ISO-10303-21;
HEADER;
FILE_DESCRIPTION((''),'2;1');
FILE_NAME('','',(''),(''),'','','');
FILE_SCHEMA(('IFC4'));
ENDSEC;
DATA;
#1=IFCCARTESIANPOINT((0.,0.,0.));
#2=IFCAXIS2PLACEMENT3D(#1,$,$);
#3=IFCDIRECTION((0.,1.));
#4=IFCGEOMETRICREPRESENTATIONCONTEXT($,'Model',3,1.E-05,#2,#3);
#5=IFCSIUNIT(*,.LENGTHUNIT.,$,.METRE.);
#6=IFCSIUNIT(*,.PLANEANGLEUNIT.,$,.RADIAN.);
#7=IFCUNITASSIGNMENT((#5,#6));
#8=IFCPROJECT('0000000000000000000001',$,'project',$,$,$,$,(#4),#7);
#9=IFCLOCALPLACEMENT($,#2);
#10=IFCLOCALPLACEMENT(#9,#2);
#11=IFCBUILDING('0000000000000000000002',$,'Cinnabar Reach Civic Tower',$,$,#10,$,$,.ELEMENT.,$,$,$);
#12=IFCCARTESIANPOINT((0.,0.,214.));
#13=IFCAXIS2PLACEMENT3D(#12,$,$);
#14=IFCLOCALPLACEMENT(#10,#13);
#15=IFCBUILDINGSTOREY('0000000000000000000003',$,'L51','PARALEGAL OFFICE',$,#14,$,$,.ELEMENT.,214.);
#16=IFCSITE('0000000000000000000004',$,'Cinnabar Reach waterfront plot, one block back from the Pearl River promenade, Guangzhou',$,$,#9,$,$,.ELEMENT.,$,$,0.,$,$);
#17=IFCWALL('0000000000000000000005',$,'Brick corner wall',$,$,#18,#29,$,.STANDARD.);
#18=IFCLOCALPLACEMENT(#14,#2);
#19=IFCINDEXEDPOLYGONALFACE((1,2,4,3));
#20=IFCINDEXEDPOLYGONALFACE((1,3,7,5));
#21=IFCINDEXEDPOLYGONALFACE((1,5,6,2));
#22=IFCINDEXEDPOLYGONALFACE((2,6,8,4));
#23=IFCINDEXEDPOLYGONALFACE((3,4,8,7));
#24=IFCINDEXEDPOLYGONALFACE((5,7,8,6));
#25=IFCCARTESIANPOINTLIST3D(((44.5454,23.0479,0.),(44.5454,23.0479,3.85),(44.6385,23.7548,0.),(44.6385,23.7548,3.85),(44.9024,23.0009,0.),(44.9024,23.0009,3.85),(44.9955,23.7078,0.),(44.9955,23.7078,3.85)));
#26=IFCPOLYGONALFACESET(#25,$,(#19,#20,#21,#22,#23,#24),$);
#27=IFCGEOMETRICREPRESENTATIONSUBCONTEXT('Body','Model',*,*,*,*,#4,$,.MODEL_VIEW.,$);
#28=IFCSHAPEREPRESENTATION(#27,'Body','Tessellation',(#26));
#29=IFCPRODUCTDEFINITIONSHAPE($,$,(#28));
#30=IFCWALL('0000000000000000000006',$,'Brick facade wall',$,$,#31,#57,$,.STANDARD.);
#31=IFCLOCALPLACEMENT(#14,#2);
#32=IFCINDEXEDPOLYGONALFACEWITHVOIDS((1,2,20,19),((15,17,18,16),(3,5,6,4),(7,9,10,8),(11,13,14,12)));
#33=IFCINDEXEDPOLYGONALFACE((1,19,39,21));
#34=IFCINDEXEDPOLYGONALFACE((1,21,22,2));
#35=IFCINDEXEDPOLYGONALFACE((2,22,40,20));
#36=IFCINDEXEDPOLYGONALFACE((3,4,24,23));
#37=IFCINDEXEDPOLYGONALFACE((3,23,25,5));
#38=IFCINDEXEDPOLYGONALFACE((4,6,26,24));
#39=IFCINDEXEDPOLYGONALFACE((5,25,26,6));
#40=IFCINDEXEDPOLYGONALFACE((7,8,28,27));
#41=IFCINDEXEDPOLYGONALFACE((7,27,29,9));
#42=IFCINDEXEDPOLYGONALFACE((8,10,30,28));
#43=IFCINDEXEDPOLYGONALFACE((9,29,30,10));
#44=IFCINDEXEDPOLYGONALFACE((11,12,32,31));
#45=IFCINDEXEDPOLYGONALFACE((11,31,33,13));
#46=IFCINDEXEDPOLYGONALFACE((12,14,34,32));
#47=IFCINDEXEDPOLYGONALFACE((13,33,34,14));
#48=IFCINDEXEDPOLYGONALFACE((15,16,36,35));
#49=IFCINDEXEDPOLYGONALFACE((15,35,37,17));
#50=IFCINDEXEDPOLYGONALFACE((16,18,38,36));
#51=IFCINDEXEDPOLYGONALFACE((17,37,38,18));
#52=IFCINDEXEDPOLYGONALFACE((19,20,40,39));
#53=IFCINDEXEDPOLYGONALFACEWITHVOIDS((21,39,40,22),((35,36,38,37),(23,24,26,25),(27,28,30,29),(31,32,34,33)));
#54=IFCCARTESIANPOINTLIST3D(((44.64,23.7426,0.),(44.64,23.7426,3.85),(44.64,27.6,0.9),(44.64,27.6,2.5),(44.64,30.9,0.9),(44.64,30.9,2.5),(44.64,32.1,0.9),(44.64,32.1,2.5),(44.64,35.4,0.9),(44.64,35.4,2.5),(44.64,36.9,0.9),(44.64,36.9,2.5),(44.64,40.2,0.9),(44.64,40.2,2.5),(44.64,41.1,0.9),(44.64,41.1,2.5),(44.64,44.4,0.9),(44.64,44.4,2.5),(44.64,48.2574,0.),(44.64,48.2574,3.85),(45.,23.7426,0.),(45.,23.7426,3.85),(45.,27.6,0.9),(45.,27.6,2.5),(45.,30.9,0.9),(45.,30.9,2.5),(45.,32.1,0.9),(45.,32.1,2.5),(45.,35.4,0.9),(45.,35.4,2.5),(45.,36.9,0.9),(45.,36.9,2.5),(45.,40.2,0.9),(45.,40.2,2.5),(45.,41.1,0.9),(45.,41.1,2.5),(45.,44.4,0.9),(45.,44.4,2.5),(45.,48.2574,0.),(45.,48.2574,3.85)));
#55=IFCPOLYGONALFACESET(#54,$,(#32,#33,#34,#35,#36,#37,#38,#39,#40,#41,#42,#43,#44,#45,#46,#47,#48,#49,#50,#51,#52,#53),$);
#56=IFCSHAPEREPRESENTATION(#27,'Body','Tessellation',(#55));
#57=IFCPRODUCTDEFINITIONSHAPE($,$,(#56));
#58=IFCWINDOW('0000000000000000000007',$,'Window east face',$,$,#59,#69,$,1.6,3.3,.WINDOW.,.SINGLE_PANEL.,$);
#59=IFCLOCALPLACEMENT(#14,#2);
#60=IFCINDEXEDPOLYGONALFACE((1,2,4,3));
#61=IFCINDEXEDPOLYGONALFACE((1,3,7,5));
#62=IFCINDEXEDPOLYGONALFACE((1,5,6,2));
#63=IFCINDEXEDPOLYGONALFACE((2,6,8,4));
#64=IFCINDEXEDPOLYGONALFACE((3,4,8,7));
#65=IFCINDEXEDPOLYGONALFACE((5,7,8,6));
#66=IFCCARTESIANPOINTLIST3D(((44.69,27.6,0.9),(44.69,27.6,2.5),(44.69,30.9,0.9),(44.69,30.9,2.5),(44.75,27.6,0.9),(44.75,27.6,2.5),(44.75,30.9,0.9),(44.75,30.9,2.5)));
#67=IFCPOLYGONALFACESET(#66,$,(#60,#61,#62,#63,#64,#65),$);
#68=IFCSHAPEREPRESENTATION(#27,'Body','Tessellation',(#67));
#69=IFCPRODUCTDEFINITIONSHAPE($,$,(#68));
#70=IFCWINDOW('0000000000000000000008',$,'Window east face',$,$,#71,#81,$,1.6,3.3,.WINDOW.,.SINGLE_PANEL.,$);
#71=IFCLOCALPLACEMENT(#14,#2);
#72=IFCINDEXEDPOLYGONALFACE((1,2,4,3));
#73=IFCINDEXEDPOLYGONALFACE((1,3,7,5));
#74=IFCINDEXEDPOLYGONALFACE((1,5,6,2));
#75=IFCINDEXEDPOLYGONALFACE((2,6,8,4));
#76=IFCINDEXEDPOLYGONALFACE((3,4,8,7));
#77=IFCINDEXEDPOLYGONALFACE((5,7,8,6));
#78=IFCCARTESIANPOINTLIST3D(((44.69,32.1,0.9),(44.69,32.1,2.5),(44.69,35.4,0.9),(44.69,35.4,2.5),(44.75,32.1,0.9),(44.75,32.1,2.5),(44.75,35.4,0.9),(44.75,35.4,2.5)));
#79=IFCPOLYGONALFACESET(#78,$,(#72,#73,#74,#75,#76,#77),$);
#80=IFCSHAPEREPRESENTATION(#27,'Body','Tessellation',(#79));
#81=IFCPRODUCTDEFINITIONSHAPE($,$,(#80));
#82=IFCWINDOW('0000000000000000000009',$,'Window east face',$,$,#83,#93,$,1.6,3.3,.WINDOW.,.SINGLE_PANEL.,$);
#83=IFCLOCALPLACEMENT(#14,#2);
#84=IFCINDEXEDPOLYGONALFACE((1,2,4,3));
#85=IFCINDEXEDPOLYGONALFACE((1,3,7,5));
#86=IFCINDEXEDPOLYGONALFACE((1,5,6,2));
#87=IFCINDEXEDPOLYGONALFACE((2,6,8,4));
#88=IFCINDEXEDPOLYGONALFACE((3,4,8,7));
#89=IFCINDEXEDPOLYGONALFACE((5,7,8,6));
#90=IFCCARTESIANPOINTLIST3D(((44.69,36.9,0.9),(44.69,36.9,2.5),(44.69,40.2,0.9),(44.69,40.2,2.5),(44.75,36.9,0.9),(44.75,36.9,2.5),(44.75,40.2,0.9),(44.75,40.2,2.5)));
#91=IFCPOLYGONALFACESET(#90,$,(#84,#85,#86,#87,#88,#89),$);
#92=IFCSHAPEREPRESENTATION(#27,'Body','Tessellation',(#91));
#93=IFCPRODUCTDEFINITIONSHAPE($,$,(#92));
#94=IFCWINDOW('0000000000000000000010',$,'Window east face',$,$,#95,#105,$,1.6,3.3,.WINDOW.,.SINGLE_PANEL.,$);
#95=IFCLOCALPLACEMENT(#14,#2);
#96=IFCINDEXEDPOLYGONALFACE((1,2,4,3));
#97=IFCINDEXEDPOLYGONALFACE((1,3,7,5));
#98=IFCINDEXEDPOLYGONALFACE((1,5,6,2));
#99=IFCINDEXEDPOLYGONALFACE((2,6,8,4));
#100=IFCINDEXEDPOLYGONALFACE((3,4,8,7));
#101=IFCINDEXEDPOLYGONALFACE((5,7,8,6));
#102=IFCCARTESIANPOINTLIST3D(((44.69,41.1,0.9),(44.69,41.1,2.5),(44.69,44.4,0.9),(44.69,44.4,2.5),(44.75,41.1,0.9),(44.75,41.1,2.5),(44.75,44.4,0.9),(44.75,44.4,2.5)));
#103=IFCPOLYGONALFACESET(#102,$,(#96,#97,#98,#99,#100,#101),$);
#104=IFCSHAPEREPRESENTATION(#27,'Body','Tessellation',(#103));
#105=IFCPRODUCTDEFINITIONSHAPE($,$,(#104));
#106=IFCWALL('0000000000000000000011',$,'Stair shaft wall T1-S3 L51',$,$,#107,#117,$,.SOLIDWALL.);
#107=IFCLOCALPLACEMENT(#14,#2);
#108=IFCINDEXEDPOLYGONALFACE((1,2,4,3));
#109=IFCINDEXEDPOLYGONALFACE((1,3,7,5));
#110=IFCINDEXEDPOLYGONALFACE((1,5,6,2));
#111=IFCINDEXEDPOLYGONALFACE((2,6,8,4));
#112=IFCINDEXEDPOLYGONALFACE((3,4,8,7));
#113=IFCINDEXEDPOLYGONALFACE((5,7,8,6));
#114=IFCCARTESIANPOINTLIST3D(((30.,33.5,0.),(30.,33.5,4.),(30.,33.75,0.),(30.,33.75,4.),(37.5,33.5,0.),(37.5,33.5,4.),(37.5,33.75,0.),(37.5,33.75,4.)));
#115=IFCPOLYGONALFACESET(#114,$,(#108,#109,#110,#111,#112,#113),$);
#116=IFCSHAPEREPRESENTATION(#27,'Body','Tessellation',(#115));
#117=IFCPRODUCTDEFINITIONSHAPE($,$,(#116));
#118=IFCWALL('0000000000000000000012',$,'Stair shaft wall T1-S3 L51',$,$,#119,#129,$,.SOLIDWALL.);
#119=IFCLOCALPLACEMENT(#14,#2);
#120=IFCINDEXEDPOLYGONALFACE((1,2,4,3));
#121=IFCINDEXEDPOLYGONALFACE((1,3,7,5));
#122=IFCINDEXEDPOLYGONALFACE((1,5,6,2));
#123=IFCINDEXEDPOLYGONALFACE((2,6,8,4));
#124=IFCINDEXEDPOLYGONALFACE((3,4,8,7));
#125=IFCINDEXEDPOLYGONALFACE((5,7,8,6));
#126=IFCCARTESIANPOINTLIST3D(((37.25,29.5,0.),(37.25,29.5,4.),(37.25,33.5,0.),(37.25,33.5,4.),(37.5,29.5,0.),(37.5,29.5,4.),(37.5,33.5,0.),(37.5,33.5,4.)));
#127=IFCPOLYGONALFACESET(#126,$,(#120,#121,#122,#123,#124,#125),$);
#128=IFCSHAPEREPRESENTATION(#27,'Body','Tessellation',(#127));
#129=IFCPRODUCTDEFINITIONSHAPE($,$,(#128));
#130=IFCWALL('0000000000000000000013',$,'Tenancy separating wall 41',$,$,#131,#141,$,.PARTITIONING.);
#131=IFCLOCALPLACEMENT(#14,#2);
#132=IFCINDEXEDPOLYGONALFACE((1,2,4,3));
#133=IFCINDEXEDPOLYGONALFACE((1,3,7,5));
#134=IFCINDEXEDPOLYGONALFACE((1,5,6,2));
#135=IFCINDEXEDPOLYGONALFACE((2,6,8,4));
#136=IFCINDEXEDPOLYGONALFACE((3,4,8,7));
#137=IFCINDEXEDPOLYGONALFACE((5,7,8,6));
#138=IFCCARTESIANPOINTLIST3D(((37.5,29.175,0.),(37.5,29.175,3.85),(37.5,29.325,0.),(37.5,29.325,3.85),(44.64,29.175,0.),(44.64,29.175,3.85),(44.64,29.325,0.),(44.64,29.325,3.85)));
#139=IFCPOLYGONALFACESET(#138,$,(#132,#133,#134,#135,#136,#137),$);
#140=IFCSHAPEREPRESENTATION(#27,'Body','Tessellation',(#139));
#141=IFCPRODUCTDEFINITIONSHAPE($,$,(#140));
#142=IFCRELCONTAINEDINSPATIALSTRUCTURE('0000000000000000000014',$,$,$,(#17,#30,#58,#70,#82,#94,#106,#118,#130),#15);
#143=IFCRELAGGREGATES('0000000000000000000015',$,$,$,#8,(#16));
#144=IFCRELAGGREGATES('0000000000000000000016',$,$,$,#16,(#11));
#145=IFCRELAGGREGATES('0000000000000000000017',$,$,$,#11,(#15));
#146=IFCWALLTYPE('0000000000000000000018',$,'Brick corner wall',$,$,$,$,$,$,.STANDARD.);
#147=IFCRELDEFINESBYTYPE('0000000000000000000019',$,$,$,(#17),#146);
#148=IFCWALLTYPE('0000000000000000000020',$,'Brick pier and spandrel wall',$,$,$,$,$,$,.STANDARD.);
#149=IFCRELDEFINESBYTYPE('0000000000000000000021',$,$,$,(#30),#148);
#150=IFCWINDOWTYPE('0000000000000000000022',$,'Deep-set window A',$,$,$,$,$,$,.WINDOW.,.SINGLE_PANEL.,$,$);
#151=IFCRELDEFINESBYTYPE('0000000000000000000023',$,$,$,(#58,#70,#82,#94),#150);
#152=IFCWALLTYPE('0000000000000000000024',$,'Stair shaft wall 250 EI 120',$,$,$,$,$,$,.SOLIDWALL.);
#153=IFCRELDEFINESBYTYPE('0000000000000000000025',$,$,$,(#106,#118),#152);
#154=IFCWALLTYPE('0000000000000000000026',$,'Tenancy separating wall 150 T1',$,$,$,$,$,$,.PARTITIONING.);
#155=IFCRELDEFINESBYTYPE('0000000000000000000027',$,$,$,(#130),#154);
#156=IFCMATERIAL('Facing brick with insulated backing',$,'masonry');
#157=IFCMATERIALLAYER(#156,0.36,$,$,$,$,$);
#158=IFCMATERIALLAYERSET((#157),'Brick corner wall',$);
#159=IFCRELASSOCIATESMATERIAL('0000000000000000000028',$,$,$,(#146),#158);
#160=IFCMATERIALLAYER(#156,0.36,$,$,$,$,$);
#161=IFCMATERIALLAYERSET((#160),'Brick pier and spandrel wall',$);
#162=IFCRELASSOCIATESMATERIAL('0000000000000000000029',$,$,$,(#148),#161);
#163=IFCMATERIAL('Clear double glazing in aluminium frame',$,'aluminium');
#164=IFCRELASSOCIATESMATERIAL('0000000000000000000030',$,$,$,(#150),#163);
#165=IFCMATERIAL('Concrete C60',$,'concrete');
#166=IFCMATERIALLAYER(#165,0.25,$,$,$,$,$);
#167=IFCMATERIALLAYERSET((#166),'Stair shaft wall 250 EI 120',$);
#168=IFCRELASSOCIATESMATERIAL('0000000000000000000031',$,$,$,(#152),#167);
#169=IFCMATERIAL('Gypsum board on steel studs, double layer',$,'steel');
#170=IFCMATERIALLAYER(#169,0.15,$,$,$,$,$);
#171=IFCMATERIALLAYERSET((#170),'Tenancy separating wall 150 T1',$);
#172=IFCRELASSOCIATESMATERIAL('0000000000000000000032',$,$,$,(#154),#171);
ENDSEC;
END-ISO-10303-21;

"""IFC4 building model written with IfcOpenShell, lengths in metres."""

from ifc_helpers import new_model, si_unit, direction, frame, frame_2d, origin, place, context, subcontext, project, spatial, rectangle, extrude, material, layer, layer_set, type_object, element, fill, save


model = new_model("IFC4")

# Units and contexts
model_context = context("Model", 3, precision=1e-05, world=origin(), true_north=direction((0.0, 1.0)))
body_context = subcontext(model_context, "Body", "Model", "MODEL_VIEW")
ifc_project = project(units=[si_unit("LENGTHUNIT", "METRE"), si_unit("PLANEANGLEUNIT", "RADIAN")], contexts=[model_context])

# Site, building, storey
site_placement = place(None, origin())
site = spatial("IfcSite", under=ifc_project, at=site_placement, Name="Cinnabar Reach waterfront plot, one block back from the Pearl River promenade, Guangzhou", CompositionType="ELEMENT", RefElevation=0.0)
building_placement = place(site_placement, origin())
building = spatial("IfcBuilding", under=site, at=building_placement, Name="Cinnabar Reach Civic Tower", CompositionType="ELEMENT")
storey_placement = place(building_placement, frame((0.0, 0.0, 214.0)))
storey = spatial("IfcBuildingStorey", under=building, at=storey_placement, Name="L51", Description="PARALEGAL OFFICE", CompositionType="ELEMENT", Elevation=214.0)

# Shared definitions
ifc_material_1 = material(Name="Concrete C60", Category="concrete")

# Wall
ifc_material_2 = material(Name="Facing brick with insulated backing", Category="masonry")
ifc_layer_1 = layer(ifc_material_2, 0.36)
ifc_layer_set_1 = layer_set([ifc_layer_1], Name="Brick corner wall")
wall_type_1 = type_object("IfcWallType", Name="Brick corner wall", PredefinedType="STANDARD", material=ifc_layer_set_1)
wall_1_placement = place(storey_placement, frame((44.7239, 23.0244, 0.0), z_axis=(0.0, 0.0, 1.0), x_axis=(0.130556, 0.991441, 0.0)))
element("IfcWall", 1, at=wall_1_placement, inside=storey, type_object=wall_type_1, Name="Brick corner wall", PredefinedType="STANDARD", context=body_context, shape_type="SweptSolid", body=[
    extrude(rectangle(XDim=0.7131, YDim=0.36, at=frame_2d((0.3565, 0.0))), origin(), (0.0, 0.0, 1.0), 3.85),
])

# Wall, openings, windows
ifc_layer_2 = layer(ifc_material_2, 0.36)
ifc_layer_set_2 = layer_set([ifc_layer_2], Name="Brick pier and spandrel wall")
wall_type_2 = type_object("IfcWallType", Name="Brick pier and spandrel wall", PredefinedType="STANDARD", material=ifc_layer_set_2)
wall_2_placement = place(storey_placement, frame((44.82, 23.7426, 0.0), z_axis=(0.0, 0.0, 1.0), x_axis=(0.0, 1.0, 0.0)))
wall_2 = element("IfcWall", 2, at=wall_2_placement, inside=storey, type_object=wall_type_2, Name="Brick facade wall", PredefinedType="STANDARD", context=body_context, shape_type="SweptSolid", body=[
    extrude(rectangle(XDim=24.5148, YDim=0.36, at=frame_2d((12.2574, 0.0))), origin(), (0.0, 0.0, 1.0), 3.85),
])
opening_1_placement = place(wall_2_placement, frame((3.8574, 0.0, 0.9)))
opening_1 = element("IfcOpeningElement", 3, at=opening_1_placement, cuts=wall_2, PredefinedType="OPENING", context=body_context, shape_type="SweptSolid", body=[
    extrude(rectangle(XDim=3.3, YDim=1.6, at=frame_2d((1.65, 0.8))), frame((0.0, 0.19, 0.0), z_axis=(0.0, -1.0, 0.0), x_axis=(1.0, 0.0, 0.0)), (0.0, 0.0, 1.0), 0.38),
])
opening_2_placement = place(wall_2_placement, frame((8.3574, 0.0, 0.9)))
opening_2 = element("IfcOpeningElement", 4, at=opening_2_placement, cuts=wall_2, PredefinedType="OPENING", context=body_context, shape_type="SweptSolid", body=[
    extrude(rectangle(XDim=3.3, YDim=1.6, at=frame_2d((1.65, 0.8))), frame((0.0, 0.19, 0.0), z_axis=(0.0, -1.0, 0.0), x_axis=(1.0, 0.0, 0.0)), (0.0, 0.0, 1.0), 0.38),
])
opening_3_placement = place(wall_2_placement, frame((13.1574, 0.0, 0.9)))
opening_3 = element("IfcOpeningElement", 5, at=opening_3_placement, cuts=wall_2, PredefinedType="OPENING", context=body_context, shape_type="SweptSolid", body=[
    extrude(rectangle(XDim=3.3, YDim=1.6, at=frame_2d((1.65, 0.8))), frame((0.0, 0.19, 0.0), z_axis=(0.0, -1.0, 0.0), x_axis=(1.0, 0.0, 0.0)), (0.0, 0.0, 1.0), 0.38),
])
opening_4_placement = place(wall_2_placement, frame((17.3574, 0.0, 0.9)))
opening_4 = element("IfcOpeningElement", 6, at=opening_4_placement, cuts=wall_2, PredefinedType="OPENING", context=body_context, shape_type="SweptSolid", body=[
    extrude(rectangle(XDim=3.3, YDim=1.6, at=frame_2d((1.65, 0.8))), frame((0.0, 0.19, 0.0), z_axis=(0.0, -1.0, 0.0), x_axis=(1.0, 0.0, 0.0)), (0.0, 0.0, 1.0), 0.38),
])
ifc_material_3 = material(Name="Clear double glazing in aluminium frame", Category="aluminium")
window_type = type_object("IfcWindowType", Name="Deep-set window A", PartitioningType="SINGLE_PANEL", PredefinedType="WINDOW", material=ifc_material_3)
window_1_placement = place(opening_1_placement, origin())
window_1 = element("IfcWindow", 7, at=window_1_placement, inside=storey, type_object=window_type, Name="Window east face", OverallHeight=1.6, OverallWidth=3.3, PartitioningType="SINGLE_PANEL", PredefinedType="WINDOW", context=body_context, shape_type="SweptSolid", body=[
    extrude(rectangle(XDim=3.3, YDim=1.6, at=frame_2d((1.65, 0.8))), frame((0.0, 0.13, 0.0), z_axis=(0.0, -1.0, 0.0), x_axis=(1.0, 0.0, 0.0)), (0.0, 0.0, 1.0), 0.06),
])
fill(opening_1, window_1)
window_2_placement = place(opening_2_placement, origin())
window_2 = element("IfcWindow", 8, at=window_2_placement, inside=storey, type_object=window_type, Name="Window east face", OverallHeight=1.6, OverallWidth=3.3, PartitioningType="SINGLE_PANEL", PredefinedType="WINDOW", context=body_context, shape_type="SweptSolid", body=[
    extrude(rectangle(XDim=3.3, YDim=1.6, at=frame_2d((1.65, 0.8))), frame((0.0, 0.13, 0.0), z_axis=(0.0, -1.0, 0.0), x_axis=(1.0, 0.0, 0.0)), (0.0, 0.0, 1.0), 0.06),
])
fill(opening_2, window_2)
window_3_placement = place(opening_3_placement, origin())
window_3 = element("IfcWindow", 9, at=window_3_placement, inside=storey, type_object=window_type, Name="Window east face", OverallHeight=1.6, OverallWidth=3.3, PartitioningType="SINGLE_PANEL", PredefinedType="WINDOW", context=body_context, shape_type="SweptSolid", body=[
    extrude(rectangle(XDim=3.3, YDim=1.6, at=frame_2d((1.65, 0.8))), frame((0.0, 0.13, 0.0), z_axis=(0.0, -1.0, 0.0), x_axis=(1.0, 0.0, 0.0)), (0.0, 0.0, 1.0), 0.06),
])
fill(opening_3, window_3)
window_4_placement = place(opening_4_placement, origin())
window_4 = element("IfcWindow", 10, at=window_4_placement, inside=storey, type_object=window_type, Name="Window east face", OverallHeight=1.6, OverallWidth=3.3, PartitioningType="SINGLE_PANEL", PredefinedType="WINDOW", context=body_context, shape_type="SweptSolid", body=[
    extrude(rectangle(XDim=3.3, YDim=1.6, at=frame_2d((1.65, 0.8))), frame((0.0, 0.13, 0.0), z_axis=(0.0, -1.0, 0.0), x_axis=(1.0, 0.0, 0.0)), (0.0, 0.0, 1.0), 0.06),
])
fill(opening_4, window_4)

# Walls
ifc_layer_3 = layer(ifc_material_1, 0.25)
ifc_layer_set_3 = layer_set([ifc_layer_3], Name="Stair shaft wall 250 EI 120")
wall_type_3 = type_object("IfcWallType", Name="Stair shaft wall 250 EI 120", PredefinedType="SOLIDWALL", material=ifc_layer_set_3)
wall_3_placement = place(storey_placement, frame((37.5, 33.625, 0.0), z_axis=(0.0, 0.0, 1.0), x_axis=(-1.0, 0.0, 0.0)))
element("IfcWall", 11, at=wall_3_placement, inside=storey, type_object=wall_type_3, Name="Stair shaft wall T1-S3 L51", PredefinedType="SOLIDWALL", context=body_context, shape_type="SweptSolid", body=[
    extrude(rectangle(XDim=7.5, YDim=0.25, at=frame_2d((3.75, 0.0))), origin(), (0.0, 0.0, 1.0), 4.0),
])
wall_4_placement = place(storey_placement, frame((37.375, 29.5, 0.0), z_axis=(0.0, 0.0, 1.0), x_axis=(0.0, 1.0, 0.0)))
element("IfcWall", 12, at=wall_4_placement, inside=storey, type_object=wall_type_3, Name="Stair shaft wall T1-S3 L51", PredefinedType="SOLIDWALL", context=body_context, shape_type="SweptSolid", body=[
    extrude(rectangle(XDim=4.0, YDim=0.25, at=frame_2d((2.0, 0.0))), origin(), (0.0, 0.0, 1.0), 4.0),
])
ifc_material_4 = material(Name="Gypsum board on steel studs, double layer", Category="steel")
ifc_layer_4 = layer(ifc_material_4, 0.15)
ifc_layer_set_4 = layer_set([ifc_layer_4], Name="Tenancy separating wall 150 T1")
wall_type_4 = type_object("IfcWallType", Name="Tenancy separating wall 150 T1", PredefinedType="PARTITIONING", material=ifc_layer_set_4)
wall_5_placement = place(storey_placement, frame((37.5, 29.25, 0.0), z_axis=(0.0, 0.0, 1.0), x_axis=(1.0, 0.0, 0.0)))
element("IfcWall", 13, at=wall_5_placement, inside=storey, type_object=wall_type_4, Name="Tenancy separating wall 41", PredefinedType="PARTITIONING", context=body_context, shape_type="SweptSolid", body=[
    extrude(rectangle(XDim=7.14, YDim=0.15, at=frame_2d((3.57, 0.0))), origin(), (0.0, 0.0, 1.0), 3.85),
])

save(model, "model.ifc")
